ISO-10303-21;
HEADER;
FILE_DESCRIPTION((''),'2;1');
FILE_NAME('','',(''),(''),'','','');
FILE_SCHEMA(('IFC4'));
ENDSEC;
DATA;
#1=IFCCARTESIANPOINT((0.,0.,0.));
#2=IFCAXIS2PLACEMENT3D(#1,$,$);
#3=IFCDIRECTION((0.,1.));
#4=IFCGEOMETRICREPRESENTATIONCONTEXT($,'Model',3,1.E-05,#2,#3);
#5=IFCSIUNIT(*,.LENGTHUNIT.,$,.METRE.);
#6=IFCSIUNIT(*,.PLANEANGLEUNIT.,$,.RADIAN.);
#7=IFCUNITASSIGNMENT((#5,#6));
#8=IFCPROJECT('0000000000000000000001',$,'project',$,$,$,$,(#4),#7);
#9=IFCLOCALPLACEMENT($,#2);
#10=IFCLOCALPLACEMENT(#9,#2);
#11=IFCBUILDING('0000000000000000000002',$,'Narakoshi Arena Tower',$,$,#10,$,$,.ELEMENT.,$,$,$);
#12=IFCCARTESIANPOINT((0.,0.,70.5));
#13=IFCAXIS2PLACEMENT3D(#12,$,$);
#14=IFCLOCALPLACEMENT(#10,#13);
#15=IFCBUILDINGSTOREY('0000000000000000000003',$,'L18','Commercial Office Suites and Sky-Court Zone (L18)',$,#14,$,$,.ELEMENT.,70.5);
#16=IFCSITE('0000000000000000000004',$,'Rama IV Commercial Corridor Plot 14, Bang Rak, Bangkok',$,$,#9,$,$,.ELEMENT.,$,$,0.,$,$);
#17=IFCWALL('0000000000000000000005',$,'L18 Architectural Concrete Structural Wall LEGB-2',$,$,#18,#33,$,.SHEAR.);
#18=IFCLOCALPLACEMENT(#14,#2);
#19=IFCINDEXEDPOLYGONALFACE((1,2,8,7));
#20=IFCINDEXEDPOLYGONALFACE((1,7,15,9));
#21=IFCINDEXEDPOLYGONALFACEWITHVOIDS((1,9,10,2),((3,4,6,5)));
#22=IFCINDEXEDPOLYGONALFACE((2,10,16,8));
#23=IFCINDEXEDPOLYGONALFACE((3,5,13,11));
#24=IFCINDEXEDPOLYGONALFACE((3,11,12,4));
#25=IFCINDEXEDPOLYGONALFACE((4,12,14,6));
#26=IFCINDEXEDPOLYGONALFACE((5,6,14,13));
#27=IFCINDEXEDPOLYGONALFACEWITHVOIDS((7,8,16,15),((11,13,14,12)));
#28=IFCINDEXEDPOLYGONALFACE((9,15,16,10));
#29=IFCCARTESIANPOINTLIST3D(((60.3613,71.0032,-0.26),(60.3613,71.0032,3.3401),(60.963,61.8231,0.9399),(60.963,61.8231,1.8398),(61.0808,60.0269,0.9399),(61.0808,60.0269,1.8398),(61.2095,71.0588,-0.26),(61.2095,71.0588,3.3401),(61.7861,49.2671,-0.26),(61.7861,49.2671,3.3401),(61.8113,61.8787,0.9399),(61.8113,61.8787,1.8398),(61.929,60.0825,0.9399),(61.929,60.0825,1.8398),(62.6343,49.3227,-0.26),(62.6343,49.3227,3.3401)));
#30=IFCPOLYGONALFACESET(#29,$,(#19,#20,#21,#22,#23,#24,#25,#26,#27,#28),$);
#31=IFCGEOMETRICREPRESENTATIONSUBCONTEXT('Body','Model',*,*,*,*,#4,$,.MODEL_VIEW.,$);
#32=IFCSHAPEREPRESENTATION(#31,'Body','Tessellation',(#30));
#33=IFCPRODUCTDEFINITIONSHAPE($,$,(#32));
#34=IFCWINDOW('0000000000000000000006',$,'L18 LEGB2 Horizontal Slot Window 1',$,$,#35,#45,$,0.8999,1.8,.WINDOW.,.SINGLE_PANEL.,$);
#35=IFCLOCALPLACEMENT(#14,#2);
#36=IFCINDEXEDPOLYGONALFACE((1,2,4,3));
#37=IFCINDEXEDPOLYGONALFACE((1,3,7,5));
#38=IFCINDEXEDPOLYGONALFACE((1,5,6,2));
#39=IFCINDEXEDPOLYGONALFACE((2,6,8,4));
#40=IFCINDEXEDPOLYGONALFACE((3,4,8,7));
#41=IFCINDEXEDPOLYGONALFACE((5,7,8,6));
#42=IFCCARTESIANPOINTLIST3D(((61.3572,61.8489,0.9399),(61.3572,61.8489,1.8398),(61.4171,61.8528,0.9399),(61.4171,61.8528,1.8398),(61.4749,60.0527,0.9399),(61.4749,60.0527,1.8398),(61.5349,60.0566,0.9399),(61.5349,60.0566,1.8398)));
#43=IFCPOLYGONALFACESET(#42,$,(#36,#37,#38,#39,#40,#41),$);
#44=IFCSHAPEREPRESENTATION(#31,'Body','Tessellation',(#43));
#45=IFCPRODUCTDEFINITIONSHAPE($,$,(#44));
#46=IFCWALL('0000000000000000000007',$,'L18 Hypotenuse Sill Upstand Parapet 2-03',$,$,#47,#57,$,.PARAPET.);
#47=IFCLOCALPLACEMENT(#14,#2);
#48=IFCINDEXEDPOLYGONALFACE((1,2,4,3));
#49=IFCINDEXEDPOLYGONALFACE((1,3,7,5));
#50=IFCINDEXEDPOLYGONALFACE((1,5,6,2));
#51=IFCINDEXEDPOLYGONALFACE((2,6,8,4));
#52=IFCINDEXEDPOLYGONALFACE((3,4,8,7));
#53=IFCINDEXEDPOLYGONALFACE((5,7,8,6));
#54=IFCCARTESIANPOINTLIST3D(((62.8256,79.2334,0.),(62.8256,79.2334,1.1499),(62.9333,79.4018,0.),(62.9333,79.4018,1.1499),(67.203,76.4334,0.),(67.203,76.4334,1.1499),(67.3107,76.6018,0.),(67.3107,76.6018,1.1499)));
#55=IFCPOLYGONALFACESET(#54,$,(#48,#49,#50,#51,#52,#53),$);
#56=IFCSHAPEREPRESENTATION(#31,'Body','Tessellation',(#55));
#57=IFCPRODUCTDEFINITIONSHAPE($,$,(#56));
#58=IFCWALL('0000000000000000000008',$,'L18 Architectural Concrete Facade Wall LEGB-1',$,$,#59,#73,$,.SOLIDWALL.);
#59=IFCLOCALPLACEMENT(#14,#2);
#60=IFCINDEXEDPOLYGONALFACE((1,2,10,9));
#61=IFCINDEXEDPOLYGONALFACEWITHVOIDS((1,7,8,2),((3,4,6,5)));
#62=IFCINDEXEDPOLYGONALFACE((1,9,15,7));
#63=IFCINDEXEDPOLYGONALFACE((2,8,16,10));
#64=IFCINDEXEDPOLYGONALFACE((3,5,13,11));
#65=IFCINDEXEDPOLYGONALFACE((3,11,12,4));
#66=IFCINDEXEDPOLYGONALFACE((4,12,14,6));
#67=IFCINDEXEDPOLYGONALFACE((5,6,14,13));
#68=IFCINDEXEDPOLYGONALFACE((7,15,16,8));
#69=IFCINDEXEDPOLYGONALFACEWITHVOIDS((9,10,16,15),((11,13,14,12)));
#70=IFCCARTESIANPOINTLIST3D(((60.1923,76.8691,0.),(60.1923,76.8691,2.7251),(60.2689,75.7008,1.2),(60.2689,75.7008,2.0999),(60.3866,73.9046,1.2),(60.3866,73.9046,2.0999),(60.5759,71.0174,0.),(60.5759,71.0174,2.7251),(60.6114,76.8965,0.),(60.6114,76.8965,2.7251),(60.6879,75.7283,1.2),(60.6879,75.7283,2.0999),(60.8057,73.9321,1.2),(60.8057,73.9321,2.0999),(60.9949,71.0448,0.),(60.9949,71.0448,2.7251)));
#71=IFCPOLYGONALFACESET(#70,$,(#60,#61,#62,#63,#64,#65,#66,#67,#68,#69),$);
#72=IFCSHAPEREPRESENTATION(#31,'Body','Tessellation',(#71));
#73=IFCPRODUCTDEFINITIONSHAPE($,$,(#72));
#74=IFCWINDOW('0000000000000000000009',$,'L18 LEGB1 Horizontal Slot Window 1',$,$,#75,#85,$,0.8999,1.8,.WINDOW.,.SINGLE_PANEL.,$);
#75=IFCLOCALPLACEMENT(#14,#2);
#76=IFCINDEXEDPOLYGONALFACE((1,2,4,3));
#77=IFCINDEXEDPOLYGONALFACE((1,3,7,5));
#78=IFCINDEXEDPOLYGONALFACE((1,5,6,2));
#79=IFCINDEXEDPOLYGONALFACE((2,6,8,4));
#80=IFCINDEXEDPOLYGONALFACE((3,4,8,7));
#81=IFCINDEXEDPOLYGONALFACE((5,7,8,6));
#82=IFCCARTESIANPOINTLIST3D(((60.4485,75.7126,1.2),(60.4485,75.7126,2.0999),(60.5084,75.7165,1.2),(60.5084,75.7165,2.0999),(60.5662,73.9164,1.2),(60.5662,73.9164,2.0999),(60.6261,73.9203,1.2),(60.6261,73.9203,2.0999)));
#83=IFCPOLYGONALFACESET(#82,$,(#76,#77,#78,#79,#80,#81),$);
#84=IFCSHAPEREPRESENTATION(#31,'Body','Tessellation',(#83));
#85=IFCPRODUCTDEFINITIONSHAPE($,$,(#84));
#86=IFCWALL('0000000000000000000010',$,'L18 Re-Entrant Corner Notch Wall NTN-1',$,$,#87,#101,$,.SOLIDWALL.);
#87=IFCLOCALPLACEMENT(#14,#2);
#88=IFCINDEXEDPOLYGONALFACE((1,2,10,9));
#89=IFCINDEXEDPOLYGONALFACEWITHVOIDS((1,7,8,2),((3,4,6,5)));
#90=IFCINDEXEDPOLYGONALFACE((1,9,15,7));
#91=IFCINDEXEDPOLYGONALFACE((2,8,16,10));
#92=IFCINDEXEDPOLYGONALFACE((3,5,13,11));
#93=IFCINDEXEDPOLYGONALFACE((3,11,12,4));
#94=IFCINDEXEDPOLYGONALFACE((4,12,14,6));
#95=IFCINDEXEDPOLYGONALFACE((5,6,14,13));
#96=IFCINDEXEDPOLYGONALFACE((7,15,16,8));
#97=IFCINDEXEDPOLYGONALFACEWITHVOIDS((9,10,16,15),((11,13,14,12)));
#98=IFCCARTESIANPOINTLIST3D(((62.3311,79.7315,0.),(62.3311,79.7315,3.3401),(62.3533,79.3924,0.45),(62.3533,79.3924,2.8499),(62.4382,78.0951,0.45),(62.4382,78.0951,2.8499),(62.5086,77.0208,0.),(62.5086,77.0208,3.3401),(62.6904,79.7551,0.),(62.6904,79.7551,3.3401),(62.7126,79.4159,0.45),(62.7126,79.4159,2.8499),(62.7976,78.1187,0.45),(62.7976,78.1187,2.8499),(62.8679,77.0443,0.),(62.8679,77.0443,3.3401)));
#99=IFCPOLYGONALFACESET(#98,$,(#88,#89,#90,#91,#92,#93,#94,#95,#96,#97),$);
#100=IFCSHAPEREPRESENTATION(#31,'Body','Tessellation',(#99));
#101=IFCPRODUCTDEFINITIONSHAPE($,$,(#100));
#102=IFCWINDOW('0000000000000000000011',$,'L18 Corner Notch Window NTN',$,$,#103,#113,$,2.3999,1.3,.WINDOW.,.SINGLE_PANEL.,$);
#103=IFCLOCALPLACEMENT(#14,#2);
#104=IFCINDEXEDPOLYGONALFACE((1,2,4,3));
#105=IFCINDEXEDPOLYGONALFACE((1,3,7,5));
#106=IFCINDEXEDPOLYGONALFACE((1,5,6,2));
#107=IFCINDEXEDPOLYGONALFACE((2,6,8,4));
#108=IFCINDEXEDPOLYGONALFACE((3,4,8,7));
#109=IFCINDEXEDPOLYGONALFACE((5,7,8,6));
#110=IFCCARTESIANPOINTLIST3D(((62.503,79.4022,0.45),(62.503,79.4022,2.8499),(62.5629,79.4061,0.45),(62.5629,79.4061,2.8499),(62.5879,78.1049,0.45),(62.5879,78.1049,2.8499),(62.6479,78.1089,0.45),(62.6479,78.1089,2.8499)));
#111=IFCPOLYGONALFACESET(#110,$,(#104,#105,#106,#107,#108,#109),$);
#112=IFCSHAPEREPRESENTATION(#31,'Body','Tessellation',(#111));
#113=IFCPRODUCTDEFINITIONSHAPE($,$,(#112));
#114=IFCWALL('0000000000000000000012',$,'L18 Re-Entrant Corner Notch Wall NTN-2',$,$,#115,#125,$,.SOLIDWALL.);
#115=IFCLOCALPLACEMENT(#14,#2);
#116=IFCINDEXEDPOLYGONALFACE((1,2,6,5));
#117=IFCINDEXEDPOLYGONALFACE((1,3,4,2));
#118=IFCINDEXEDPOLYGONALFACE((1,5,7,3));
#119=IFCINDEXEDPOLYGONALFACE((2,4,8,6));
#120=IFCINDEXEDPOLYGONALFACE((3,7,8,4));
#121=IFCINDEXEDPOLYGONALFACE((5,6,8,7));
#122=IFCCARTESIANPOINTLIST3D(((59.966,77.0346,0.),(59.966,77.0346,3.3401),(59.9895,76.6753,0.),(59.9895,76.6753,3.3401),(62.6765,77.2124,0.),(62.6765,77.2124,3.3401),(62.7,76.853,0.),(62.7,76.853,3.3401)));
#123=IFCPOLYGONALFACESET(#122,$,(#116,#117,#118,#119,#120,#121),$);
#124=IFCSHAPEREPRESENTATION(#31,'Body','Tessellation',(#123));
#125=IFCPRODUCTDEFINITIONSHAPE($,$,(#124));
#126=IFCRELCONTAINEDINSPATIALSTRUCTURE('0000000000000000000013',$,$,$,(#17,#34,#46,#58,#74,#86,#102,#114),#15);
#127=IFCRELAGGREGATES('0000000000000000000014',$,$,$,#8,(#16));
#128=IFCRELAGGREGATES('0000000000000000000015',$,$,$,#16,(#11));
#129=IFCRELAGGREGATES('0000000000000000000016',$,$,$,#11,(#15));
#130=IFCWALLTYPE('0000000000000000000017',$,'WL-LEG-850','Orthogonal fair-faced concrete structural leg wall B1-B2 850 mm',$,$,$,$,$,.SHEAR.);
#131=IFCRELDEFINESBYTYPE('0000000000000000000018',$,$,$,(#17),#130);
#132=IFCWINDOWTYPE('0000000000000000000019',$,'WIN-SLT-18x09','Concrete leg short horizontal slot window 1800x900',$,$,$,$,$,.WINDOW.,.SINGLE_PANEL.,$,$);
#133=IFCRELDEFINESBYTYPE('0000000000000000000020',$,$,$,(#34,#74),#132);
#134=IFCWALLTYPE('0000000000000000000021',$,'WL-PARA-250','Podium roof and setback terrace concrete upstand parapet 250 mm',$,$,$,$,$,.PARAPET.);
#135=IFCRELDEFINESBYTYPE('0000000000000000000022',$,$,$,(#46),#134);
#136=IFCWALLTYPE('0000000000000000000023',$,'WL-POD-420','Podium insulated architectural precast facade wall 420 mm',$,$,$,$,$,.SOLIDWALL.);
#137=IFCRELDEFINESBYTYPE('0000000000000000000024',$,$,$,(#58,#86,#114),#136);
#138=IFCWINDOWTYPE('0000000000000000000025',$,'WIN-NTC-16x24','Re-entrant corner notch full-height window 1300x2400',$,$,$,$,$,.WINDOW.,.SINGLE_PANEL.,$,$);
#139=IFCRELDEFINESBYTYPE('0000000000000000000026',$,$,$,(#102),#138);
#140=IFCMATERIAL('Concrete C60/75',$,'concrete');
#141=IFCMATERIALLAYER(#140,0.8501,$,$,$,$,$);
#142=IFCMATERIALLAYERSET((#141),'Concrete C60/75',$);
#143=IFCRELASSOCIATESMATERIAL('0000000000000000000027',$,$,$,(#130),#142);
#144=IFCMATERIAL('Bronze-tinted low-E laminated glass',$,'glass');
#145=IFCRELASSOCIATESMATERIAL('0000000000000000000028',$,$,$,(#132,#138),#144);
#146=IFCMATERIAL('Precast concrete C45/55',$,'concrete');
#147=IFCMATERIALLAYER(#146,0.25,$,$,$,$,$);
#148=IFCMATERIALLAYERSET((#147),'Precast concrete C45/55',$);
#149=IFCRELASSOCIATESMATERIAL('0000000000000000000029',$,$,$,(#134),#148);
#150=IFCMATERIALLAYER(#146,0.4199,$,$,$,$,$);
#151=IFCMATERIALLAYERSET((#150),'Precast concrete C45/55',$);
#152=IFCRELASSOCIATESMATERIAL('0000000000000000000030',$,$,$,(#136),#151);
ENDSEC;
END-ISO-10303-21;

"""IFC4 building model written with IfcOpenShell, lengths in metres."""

from ifc_helpers import new_model, si_unit, direction, frame, frame_2d, origin, place, context, subcontext, project, spatial, rectangle, extrude, material, layer, layer_set, type_object, element, fill, save


model = new_model("IFC4")

# Units and contexts
model_context = context("Model", 3, precision=1e-05, world=origin(), true_north=direction((0.0, 1.0)))
body_context = subcontext(model_context, "Body", "Model", "MODEL_VIEW")
ifc_project = project(units=[si_unit("LENGTHUNIT", "METRE"), si_unit("PLANEANGLEUNIT", "RADIAN")], contexts=[model_context])

# Site, building, storey
site_placement = place(None, origin())
site = spatial("IfcSite", under=ifc_project, at=site_placement, Name="Rama IV Commercial Corridor Plot 14, Bang Rak, Bangkok", CompositionType="ELEMENT", RefElevation=0.0)
building_placement = place(site_placement, origin())
building = spatial("IfcBuilding", under=site, at=building_placement, Name="Narakoshi Arena Tower", CompositionType="ELEMENT")
storey_placement = place(building_placement, frame((0.0, 0.0, 70.5)))
storey = spatial("IfcBuildingStorey", under=building, at=storey_placement, Name="L18", Description="Commercial Office Suites and Sky-Court Zone (L18)", CompositionType="ELEMENT", Elevation=70.5)

# Shared definitions
ifc_material_1 = material(Name="Concrete C60/75", Category="concrete")

# Shared definitions
ifc_material_2 = material(Name="Bronze-tinted low-E laminated glass", Category="glass")

# Wall, opening, window
ifc_layer_1 = layer(ifc_material_1, 0.8501)
ifc_layer_set_1 = layer_set([ifc_layer_1], Name="Concrete C60/75")
wall_type_1 = type_object("IfcWallType", Name="WL-LEG-850", Description="Orthogonal fair-faced concrete structural leg wall B1-B2 850 mm", PredefinedType="SHEAR", material=ifc_layer_set_1)
wall_1_placement = place(storey_placement, frame((60.7854, 71.031, -0.26), z_axis=(0.0, 0.0, 1.0), x_axis=(0.06541, -0.997858, 0.0)))
wall_1 = element("IfcWall", 1, at=wall_1_placement, inside=storey, type_object=wall_type_1, Name="L18 Architectural Concrete Structural Wall LEGB-2", PredefinedType="SHEAR", context=body_context, shape_type="SweptSolid", body=[
    extrude(rectangle(XDim=21.7827, YDim=0.8501, at=frame_2d((10.8914, 0.0))), origin(), (0.0, 0.0, 1.0), 3.6001),
])
opening_1_placement = place(wall_1_placement, frame((9.2, 0.0, 1.2)))
opening_1 = element("IfcOpeningElement", 2, at=opening_1_placement, cuts=wall_1, PredefinedType="OPENING", context=body_context, shape_type="SweptSolid", body=[
    extrude(rectangle(XDim=1.8, YDim=0.8999, at=frame_2d((0.8999, 0.45))), frame((0.0, 0.4351, 0.0), z_axis=(0.0, -1.0, 0.0), x_axis=(1.0, 0.0, 0.0)), (0.0, 0.0, 1.0), 0.8701),
])
window_type_1 = type_object("IfcWindowType", Name="WIN-SLT-18x09", Description="Concrete leg short horizontal slot window 1800x900", PartitioningType="SINGLE_PANEL", PredefinedType="WINDOW", material=ifc_material_2)
window_1_placement = place(opening_1_placement, origin())
window_1 = element("IfcWindow", 3, at=window_1_placement, inside=storey, type_object=window_type_1, Name="L18 LEGB2 Horizontal Slot Window 1", OverallHeight=0.8999, OverallWidth=1.8, PartitioningType="SINGLE_PANEL", PredefinedType="WINDOW", context=body_context, shape_type="SweptSolid", body=[
    extrude(rectangle(XDim=1.8, YDim=0.8999, at=frame_2d((0.8999, 0.45))), frame((0.0, 0.03, 0.0), z_axis=(0.0, -1.0, 0.0), x_axis=(1.0, 0.0, 0.0)), (0.0, 0.0, 1.0), 0.0601),
])
fill(opening_1, window_1)

# Wall
ifc_material_3 = material(Name="Precast concrete C45/55", Category="concrete")
ifc_layer_2 = layer(ifc_material_3, 0.25)
ifc_layer_set_2 = layer_set([ifc_layer_2], Name="Precast concrete C45/55")
wall_type_2 = type_object("IfcWallType", Name="WL-PARA-250", Description="Podium roof and setback terrace concrete upstand parapet 250 mm", PredefinedType="PARAPET", material=ifc_layer_set_2)
wall_2_placement = place(storey_placement, frame((67.2568, 76.5176, 0.0), z_axis=(0.0, 0.0, 1.0), x_axis=(-0.842404, 0.538847, 0.0)))
element("IfcWall", 4, at=wall_2_placement, inside=storey, type_object=wall_type_2, Name="L18 Hypotenuse Sill Upstand Parapet 2-03", PredefinedType="PARAPET", context=body_context, shape_type="SweptSolid", body=[
    extrude(rectangle(XDim=5.1963, YDim=0.2, at=frame_2d((2.5981, 0.0))), origin(), (0.0, 0.0, 1.0), 1.1499),
])

# Walls, openings, windows
ifc_layer_3 = layer(ifc_material_3, 0.4199)
ifc_layer_set_3 = layer_set([ifc_layer_3], Name="Precast concrete C45/55")
wall_type_3 = type_object("IfcWallType", Name="WL-POD-420", Description="Podium insulated architectural precast facade wall 420 mm", PredefinedType="SOLIDWALL", material=ifc_layer_set_3)
wall_3_placement = place(storey_placement, frame((60.4019, 76.8828, 0.0), z_axis=(0.0, 0.0, 1.0), x_axis=(0.065403, -0.997859, 0.0)))
wall_3 = element("IfcWall", 5, at=wall_3_placement, inside=storey, type_object=wall_type_3, Name="L18 Architectural Concrete Facade Wall LEGB-1", PredefinedType="SOLIDWALL", context=body_context, shape_type="SweptSolid", body=[
    extrude(rectangle(XDim=5.8643, YDim=0.4199, at=frame_2d((2.9321, 0.0))), origin(), (0.0, 0.0, 1.0), 2.7251),
])
opening_2_placement = place(wall_3_placement, frame((1.1709, 0.0, 1.2)))
opening_2 = element("IfcOpeningElement", 6, at=opening_2_placement, cuts=wall_3, PredefinedType="OPENING", context=body_context, shape_type="SweptSolid", body=[
    extrude(rectangle(XDim=1.8, YDim=0.8999, at=frame_2d((0.8999, 0.45))), frame((0.0, 0.22, 0.0), z_axis=(0.0, -1.0, 0.0), x_axis=(1.0, 0.0, 0.0)), (0.0, 0.0, 1.0), 0.4399),
])
window_2_placement = place(opening_2_placement, origin())
window_2 = element("IfcWindow", 7, at=window_2_placement, inside=storey, type_object=window_type_1, Name="L18 LEGB1 Horizontal Slot Window 1", OverallHeight=0.8999, OverallWidth=1.8, PartitioningType="SINGLE_PANEL", PredefinedType="WINDOW", context=body_context, shape_type="SweptSolid", body=[
    extrude(rectangle(XDim=1.8, YDim=0.8999, at=frame_2d((0.8999, 0.45))), frame((0.0, 0.03, 0.0), z_axis=(0.0, -1.0, 0.0), x_axis=(1.0, 0.0, 0.0)), (0.0, 0.0, 1.0), 0.0601),
])
fill(opening_2, window_2)
wall_4_placement = place(storey_placement, frame((62.5107, 79.7434, 0.0), z_axis=(0.0, 0.0, 1.0), x_axis=(0.065338, -0.997863, 0.0)))
wall_4 = element("IfcWall", 8, at=wall_4_placement, inside=storey, type_object=wall_type_3, Name="L18 Re-Entrant Corner Notch Wall NTN-1", PredefinedType="SOLIDWALL", context=body_context, shape_type="SweptSolid", body=[
    extrude(rectangle(XDim=2.7166, YDim=0.3601, at=frame_2d((1.3584, 0.0))), origin(), (0.0, 0.0, 1.0), 3.3401),
])
opening_3_placement = place(wall_4_placement, frame((0.3401, 0.0, 0.45)))
opening_3 = element("IfcOpeningElement", 9, at=opening_3_placement, cuts=wall_4, PredefinedType="OPENING", context=body_context, shape_type="SweptSolid", body=[
    extrude(rectangle(XDim=1.3, YDim=2.3999, at=frame_2d((0.6499, 1.2))), frame((0.0, 0.1899, 0.0), z_axis=(0.0, -1.0, 0.0), x_axis=(1.0, 0.0, 0.0)), (0.0, 0.0, 1.0), 0.3801),
])
window_type_2 = type_object("IfcWindowType", Name="WIN-NTC-16x24", Description="Re-entrant corner notch full-height window 1300x2400", PartitioningType="SINGLE_PANEL", PredefinedType="WINDOW", material=ifc_material_2)
window_3_placement = place(opening_3_placement, origin())
window_3 = element("IfcWindow", 10, at=window_3_placement, inside=storey, type_object=window_type_2, Name="L18 Corner Notch Window NTN", OverallHeight=2.3999, OverallWidth=1.3, PartitioningType="SINGLE_PANEL", PredefinedType="WINDOW", context=body_context, shape_type="SweptSolid", body=[
    extrude(rectangle(XDim=1.3, YDim=2.3999, at=frame_2d((0.6499, 1.2))), frame((0.0, 0.03, 0.0), z_axis=(0.0, -1.0, 0.0), x_axis=(1.0, 0.0, 0.0)), (0.0, 0.0, 1.0), 0.0601),
])
fill(opening_3, window_3)

# Wall
wall_5_placement = place(storey_placement, frame((62.6882, 77.0327, 0.0), z_axis=(0.0, 0.0, 1.0), x_axis=(-0.997857, -0.065433, 0.0)))
element("IfcWall", 11, at=wall_5_placement, inside=storey, type_object=wall_type_3, Name="L18 Re-Entrant Corner Notch Wall NTN-2", PredefinedType="SOLIDWALL", context=body_context, shape_type="SweptSolid", body=[
    extrude(rectangle(XDim=2.7163, YDim=0.3601, at=frame_2d((1.3582, 0.0))), origin(), (0.0, 0.0, 1.0), 3.3401),
])

save(model, "model.ifc")
